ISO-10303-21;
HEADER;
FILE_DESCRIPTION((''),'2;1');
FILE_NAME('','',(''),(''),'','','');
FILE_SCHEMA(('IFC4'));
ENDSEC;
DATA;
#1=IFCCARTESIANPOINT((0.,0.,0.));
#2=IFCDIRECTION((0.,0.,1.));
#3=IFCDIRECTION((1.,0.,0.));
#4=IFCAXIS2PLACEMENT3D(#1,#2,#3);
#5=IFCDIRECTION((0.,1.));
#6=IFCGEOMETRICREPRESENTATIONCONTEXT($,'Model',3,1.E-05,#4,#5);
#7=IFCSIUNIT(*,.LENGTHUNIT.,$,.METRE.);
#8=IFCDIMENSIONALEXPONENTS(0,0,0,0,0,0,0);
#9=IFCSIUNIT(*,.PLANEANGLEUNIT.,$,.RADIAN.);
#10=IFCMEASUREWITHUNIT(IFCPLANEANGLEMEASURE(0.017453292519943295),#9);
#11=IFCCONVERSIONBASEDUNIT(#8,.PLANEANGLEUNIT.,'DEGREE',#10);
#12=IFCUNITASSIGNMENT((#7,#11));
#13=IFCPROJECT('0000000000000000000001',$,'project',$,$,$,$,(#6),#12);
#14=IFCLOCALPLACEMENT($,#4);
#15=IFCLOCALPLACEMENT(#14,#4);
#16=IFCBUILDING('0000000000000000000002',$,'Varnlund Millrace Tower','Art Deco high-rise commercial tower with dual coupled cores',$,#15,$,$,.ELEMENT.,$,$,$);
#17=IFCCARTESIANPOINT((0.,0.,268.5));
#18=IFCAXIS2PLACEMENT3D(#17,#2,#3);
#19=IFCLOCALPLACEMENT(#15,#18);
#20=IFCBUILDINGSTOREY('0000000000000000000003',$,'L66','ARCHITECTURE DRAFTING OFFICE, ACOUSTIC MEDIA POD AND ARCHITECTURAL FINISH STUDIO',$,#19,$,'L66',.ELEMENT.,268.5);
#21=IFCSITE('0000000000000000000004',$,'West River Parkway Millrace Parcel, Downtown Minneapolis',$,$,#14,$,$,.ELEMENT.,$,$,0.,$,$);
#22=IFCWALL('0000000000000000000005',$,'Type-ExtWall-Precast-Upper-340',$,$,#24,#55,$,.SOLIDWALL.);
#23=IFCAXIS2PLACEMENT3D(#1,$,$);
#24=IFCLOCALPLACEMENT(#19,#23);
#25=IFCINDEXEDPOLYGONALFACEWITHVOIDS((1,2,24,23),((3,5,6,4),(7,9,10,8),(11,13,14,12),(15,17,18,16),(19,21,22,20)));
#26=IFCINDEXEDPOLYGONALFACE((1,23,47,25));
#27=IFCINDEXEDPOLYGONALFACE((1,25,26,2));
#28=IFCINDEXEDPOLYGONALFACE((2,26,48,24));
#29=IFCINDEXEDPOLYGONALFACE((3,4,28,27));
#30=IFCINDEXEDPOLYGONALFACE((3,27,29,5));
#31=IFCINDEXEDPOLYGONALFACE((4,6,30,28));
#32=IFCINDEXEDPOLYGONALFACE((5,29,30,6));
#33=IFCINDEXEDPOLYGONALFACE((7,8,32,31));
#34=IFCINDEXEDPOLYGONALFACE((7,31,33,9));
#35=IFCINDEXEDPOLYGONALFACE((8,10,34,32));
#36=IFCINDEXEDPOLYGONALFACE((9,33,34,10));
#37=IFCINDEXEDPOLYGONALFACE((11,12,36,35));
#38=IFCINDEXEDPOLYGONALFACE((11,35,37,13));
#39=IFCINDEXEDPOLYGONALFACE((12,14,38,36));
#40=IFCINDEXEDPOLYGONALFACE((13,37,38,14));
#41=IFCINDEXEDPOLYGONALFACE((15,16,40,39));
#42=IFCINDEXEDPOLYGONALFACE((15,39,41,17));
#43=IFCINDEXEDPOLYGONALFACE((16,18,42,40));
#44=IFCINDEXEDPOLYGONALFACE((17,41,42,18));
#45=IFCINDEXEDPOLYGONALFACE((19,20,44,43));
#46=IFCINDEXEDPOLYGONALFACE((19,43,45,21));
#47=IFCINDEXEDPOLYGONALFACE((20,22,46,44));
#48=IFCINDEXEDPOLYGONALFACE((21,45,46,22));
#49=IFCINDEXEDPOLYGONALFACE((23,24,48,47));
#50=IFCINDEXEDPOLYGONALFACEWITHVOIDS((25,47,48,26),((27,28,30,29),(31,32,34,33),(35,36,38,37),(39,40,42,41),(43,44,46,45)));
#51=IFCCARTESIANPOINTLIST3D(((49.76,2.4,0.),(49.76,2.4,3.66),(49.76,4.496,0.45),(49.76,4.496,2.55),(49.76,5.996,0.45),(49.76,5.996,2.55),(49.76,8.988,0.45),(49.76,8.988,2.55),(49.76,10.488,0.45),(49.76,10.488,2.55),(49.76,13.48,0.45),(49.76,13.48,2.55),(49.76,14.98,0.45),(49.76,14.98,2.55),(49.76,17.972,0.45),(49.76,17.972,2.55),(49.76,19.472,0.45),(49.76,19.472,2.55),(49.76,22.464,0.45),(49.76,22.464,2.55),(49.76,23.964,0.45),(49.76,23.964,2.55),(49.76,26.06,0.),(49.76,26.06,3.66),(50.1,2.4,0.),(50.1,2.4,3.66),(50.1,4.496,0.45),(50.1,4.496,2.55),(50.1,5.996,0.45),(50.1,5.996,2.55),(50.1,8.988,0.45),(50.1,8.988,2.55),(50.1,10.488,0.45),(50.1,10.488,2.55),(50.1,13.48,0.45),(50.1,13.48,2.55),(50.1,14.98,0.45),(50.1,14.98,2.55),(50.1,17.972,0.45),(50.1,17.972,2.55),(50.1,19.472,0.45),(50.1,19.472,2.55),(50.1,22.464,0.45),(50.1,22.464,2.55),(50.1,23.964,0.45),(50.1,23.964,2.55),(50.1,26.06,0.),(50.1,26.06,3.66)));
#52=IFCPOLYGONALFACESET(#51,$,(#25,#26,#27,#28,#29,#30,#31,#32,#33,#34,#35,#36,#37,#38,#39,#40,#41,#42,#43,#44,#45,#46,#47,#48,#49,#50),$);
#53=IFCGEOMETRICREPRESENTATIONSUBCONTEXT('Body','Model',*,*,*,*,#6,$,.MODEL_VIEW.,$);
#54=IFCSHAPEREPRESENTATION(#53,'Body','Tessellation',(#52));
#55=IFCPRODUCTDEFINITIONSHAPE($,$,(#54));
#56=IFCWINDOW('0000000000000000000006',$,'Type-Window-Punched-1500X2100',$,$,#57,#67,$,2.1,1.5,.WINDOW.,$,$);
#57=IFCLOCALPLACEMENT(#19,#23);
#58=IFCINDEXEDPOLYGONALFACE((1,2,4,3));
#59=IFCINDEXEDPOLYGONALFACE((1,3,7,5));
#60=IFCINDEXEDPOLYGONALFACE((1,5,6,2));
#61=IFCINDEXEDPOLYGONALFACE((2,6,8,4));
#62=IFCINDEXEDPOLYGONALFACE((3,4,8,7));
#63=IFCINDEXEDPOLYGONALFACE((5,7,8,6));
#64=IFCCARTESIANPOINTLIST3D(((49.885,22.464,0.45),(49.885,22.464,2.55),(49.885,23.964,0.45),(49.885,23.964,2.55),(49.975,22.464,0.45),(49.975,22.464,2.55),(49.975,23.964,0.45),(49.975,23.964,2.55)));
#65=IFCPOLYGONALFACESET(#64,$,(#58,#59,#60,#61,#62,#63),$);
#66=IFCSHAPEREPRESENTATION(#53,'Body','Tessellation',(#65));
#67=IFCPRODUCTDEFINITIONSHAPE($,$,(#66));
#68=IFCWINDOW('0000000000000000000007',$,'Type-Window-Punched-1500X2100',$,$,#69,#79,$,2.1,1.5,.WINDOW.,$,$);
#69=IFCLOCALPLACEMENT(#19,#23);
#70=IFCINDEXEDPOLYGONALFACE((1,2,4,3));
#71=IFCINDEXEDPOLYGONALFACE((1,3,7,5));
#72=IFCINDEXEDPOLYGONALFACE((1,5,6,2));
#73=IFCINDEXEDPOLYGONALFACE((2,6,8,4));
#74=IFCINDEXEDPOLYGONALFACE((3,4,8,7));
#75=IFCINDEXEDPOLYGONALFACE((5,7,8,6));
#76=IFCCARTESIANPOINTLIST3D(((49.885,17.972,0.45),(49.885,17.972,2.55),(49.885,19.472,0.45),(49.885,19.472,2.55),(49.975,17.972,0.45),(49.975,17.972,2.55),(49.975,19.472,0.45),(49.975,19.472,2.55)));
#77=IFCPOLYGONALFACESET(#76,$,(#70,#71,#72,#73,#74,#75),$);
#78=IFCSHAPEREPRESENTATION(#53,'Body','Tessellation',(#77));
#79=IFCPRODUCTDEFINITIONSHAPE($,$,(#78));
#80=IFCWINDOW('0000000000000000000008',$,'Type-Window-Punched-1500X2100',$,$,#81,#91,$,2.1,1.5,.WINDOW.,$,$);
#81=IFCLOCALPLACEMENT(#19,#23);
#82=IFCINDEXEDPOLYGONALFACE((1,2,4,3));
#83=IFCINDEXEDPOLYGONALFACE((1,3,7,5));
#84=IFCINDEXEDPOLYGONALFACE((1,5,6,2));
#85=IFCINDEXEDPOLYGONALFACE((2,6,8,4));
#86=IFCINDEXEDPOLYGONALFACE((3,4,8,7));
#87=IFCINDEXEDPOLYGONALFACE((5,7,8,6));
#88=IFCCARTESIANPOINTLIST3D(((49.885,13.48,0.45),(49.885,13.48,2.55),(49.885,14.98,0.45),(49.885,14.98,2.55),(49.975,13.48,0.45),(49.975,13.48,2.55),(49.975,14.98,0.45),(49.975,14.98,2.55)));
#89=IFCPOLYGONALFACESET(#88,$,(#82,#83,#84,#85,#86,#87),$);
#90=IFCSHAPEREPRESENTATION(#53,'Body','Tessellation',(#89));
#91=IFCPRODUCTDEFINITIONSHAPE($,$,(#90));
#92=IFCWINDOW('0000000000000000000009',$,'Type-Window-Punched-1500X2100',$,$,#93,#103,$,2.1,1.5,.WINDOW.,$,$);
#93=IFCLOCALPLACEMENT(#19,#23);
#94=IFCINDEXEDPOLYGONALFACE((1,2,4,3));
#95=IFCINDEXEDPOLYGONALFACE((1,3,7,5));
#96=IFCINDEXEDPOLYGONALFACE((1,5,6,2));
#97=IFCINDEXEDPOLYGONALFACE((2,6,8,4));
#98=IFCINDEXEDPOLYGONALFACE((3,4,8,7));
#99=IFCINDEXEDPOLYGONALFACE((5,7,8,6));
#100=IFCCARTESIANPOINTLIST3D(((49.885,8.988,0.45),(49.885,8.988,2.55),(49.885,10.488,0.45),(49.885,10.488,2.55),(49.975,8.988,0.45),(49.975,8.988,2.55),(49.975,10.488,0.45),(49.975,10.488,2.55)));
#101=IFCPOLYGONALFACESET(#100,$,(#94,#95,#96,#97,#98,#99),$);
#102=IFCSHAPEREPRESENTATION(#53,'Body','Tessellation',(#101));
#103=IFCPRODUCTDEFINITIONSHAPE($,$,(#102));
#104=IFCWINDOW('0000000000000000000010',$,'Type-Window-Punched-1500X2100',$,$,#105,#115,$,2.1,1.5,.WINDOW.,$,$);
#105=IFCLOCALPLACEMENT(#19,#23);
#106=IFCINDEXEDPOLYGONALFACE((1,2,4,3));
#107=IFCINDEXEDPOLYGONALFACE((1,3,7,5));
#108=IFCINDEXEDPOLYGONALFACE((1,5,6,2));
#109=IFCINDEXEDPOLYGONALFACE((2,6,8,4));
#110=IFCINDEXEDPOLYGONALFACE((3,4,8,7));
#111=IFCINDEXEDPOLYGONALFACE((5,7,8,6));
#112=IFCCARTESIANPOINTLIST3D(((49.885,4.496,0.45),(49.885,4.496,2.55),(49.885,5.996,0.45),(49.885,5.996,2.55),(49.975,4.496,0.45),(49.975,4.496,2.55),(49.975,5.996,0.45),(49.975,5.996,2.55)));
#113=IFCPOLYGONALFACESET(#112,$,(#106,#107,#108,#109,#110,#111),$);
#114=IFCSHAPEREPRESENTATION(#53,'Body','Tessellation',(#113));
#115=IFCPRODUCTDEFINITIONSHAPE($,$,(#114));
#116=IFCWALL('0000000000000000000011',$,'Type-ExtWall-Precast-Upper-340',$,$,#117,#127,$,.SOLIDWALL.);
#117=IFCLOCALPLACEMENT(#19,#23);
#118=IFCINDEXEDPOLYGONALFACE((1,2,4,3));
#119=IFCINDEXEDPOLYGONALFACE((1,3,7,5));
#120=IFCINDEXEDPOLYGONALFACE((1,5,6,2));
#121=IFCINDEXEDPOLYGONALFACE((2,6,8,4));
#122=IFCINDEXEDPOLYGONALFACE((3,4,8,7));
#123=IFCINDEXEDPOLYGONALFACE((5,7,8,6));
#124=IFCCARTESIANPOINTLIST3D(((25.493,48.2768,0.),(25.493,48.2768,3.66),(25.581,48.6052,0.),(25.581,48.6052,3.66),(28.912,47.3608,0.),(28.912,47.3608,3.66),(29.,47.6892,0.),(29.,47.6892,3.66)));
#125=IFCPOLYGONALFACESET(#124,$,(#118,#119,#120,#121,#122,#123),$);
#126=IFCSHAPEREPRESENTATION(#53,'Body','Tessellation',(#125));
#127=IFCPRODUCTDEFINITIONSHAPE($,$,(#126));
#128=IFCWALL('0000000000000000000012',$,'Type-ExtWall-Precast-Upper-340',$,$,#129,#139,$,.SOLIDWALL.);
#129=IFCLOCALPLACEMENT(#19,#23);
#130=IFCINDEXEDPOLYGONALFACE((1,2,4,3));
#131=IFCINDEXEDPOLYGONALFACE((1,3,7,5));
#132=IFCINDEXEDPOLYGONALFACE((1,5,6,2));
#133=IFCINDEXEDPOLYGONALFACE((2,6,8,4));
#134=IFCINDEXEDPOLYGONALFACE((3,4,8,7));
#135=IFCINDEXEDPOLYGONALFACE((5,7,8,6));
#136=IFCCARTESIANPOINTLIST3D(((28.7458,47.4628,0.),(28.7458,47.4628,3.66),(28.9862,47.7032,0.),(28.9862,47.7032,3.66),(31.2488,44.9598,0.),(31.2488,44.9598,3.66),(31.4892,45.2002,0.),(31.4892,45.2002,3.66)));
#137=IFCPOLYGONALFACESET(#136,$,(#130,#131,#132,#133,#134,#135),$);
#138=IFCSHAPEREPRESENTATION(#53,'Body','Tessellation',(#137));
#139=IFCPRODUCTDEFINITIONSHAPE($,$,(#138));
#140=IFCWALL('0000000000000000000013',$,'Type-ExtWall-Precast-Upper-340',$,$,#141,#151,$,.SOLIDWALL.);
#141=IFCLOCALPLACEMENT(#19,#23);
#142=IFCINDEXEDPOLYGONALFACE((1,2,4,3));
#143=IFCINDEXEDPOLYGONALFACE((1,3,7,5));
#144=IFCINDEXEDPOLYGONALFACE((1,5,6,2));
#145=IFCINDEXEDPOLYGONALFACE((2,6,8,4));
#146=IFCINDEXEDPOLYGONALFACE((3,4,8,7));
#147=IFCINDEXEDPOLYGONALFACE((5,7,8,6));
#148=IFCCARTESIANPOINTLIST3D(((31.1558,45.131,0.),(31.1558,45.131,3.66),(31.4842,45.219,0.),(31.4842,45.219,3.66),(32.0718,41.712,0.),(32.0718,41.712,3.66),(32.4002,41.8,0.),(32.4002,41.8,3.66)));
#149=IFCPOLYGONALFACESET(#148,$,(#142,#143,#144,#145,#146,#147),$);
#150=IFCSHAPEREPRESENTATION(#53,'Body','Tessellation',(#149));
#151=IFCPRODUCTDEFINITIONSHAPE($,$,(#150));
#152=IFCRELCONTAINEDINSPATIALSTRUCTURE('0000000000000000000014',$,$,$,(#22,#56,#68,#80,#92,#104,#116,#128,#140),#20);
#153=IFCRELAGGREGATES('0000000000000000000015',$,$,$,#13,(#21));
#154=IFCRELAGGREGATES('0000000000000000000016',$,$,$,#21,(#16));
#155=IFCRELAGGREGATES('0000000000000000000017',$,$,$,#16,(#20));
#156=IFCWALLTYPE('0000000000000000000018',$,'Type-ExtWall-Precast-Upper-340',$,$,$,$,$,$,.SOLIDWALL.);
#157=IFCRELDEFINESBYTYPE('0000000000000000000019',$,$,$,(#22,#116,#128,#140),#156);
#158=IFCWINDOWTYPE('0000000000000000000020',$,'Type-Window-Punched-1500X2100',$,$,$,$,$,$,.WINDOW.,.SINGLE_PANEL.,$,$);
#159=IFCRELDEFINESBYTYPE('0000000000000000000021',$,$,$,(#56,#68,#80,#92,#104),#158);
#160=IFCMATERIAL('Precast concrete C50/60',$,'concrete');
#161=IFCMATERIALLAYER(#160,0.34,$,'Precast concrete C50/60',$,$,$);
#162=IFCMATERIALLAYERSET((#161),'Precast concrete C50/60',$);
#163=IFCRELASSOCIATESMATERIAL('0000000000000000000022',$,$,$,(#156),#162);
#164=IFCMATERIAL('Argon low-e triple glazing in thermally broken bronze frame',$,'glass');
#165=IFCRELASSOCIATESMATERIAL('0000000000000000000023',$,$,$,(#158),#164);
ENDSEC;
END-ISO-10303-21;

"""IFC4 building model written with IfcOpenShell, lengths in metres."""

from ifc_helpers import new_model, entity, si_unit, converted_unit, direction, frame, origin_with_axes, origin_2d_with_axis, place, context, subcontext, project, spatial, polyline, rectangle, outline, extrude, material, layer, layer_set, type_object, element, fill, save


model = new_model("IFC4")

# Units and contexts
model_context = context("Model", 3, precision=1e-05, world=origin_with_axes(), true_north=direction((0.0, 1.0)))
body_context = subcontext(model_context, "Body", "Model", "MODEL_VIEW")
ifc_project = project(units=[si_unit("LENGTHUNIT", "METRE"), converted_unit("PLANEANGLEUNIT", "DEGREE", entity("IfcPlaneAngleMeasure", 0.017453292519943295), si_unit("PLANEANGLEUNIT", "RADIAN"), dimensions=[0, 0, 0, 0, 0, 0, 0])], contexts=[model_context])

# Site, building, storey
site_placement = place(None, origin_with_axes())
site = spatial("IfcSite", under=ifc_project, at=site_placement, Name="West River Parkway Millrace Parcel, Downtown Minneapolis", CompositionType="ELEMENT", RefElevation=0.0)
building_placement = place(site_placement, origin_with_axes())
building = spatial("IfcBuilding", under=site, at=building_placement, Name="Varnlund Millrace Tower", Description="Art Deco high-rise commercial tower with dual coupled cores", CompositionType="ELEMENT")
storey_placement = place(building_placement, frame((0.0, 0.0, 268.5), z_axis=(0.0, 0.0, 1.0), x_axis=(1.0, 0.0, 0.0)))
storey = spatial("IfcBuildingStorey", under=building, at=storey_placement, Name="L66", Description="ARCHITECTURE DRAFTING OFFICE, ACOUSTIC MEDIA POD AND ARCHITECTURAL FINISH STUDIO", LongName="L66", CompositionType="ELEMENT", Elevation=268.5)

# Shared definitions
ifc_material_1 = material(Name="Precast concrete C50/60", Category="concrete")
ifc_layer_1 = layer(ifc_material_1, 0.34, Name="Precast concrete C50/60")
ifc_layer_set_1 = layer_set([ifc_layer_1], Name="Precast concrete C50/60")
wall_type_1 = type_object("IfcWallType", Name="Type-ExtWall-Precast-Upper-340", PredefinedType="SOLIDWALL", material=ifc_layer_set_1)
ifc_material_2 = material(Name="Argon low-e triple glazing in thermally broken bronze frame", Category="glass")
window_type = type_object("IfcWindowType", Name="Type-Window-Punched-1500X2100", PartitioningType="SINGLE_PANEL", PredefinedType="WINDOW", material=ifc_material_2)

# Wall, openings, windows
wall_1_placement = place(storey_placement, frame((49.93, 26.06, 0.0), z_axis=(0.0, 0.0, 1.0), x_axis=(0.0, -1.0, 0.0)))
wall_1 = element("IfcWall", 1, at=wall_1_placement, inside=storey, type_object=wall_type_1, Name="Type-ExtWall-Precast-Upper-340", PredefinedType="SOLIDWALL", context=body_context, shape_type="SweptSolid", body=[
    extrude(outline(polyline([(0.0, -0.17), (23.66, -0.17), (23.66, 0.17), (0.0, 0.17), (0.0, -0.17)])), origin_with_axes(), (0.0, 0.0, 1.0), 3.66),
])
opening_1_placement = place(wall_1_placement, frame((2.846, 0.0, 0.45), z_axis=(0.0, 0.0, 1.0), x_axis=(1.0, 0.0, 0.0)))
opening_1 = element("IfcOpeningElement", 2, at=opening_1_placement, cuts=wall_1, PredefinedType="OPENING", context=body_context, shape_type="SweptSolid", body=[
    extrude(rectangle(XDim=1.5, YDim=0.36, at=origin_2d_with_axis()), origin_with_axes(), (0.0, 0.0, 1.0), 2.1),
])
opening_2_placement = place(wall_1_placement, frame((7.338, 0.0, 0.45), z_axis=(0.0, 0.0, 1.0), x_axis=(1.0, 0.0, 0.0)))
opening_2 = element("IfcOpeningElement", 3, at=opening_2_placement, cuts=wall_1, PredefinedType="OPENING", context=body_context, shape_type="SweptSolid", body=[
    extrude(rectangle(XDim=1.5, YDim=0.36, at=origin_2d_with_axis()), origin_with_axes(), (0.0, 0.0, 1.0), 2.1),
])
opening_3_placement = place(wall_1_placement, frame((11.83, 0.0, 0.45), z_axis=(0.0, 0.0, 1.0), x_axis=(1.0, 0.0, 0.0)))
opening_3 = element("IfcOpeningElement", 4, at=opening_3_placement, cuts=wall_1, PredefinedType="OPENING", context=body_context, shape_type="SweptSolid", body=[
    extrude(rectangle(XDim=1.5, YDim=0.36, at=origin_2d_with_axis()), origin_with_axes(), (0.0, 0.0, 1.0), 2.1),
])
opening_4_placement = place(wall_1_placement, frame((16.322, 0.0, 0.45), z_axis=(0.0, 0.0, 1.0), x_axis=(1.0, 0.0, 0.0)))
opening_4 = element("IfcOpeningElement", 5, at=opening_4_placement, cuts=wall_1, PredefinedType="OPENING", context=body_context, shape_type="SweptSolid", body=[
    extrude(rectangle(XDim=1.5, YDim=0.36, at=origin_2d_with_axis()), origin_with_axes(), (0.0, 0.0, 1.0), 2.1),
])
opening_5_placement = place(wall_1_placement, frame((20.814, 0.0, 0.45), z_axis=(0.0, 0.0, 1.0), x_axis=(1.0, 0.0, 0.0)))
opening_5 = element("IfcOpeningElement", 6, at=opening_5_placement, cuts=wall_1, PredefinedType="OPENING", context=body_context, shape_type="SweptSolid", body=[
    extrude(rectangle(XDim=1.5, YDim=0.36, at=origin_2d_with_axis()), origin_with_axes(), (0.0, 0.0, 1.0), 2.1),
])
window_1_placement = place(wall_1_placement, frame((2.846, 0.0, 0.45), z_axis=(0.0, 0.0, 1.0), x_axis=(1.0, 0.0, 0.0)))
window_1 = element("IfcWindow", 7, at=window_1_placement, inside=storey, type_object=window_type, Name="Type-Window-Punched-1500X2100", OverallHeight=2.1, OverallWidth=1.5, PredefinedType="WINDOW", context=body_context, shape_type="SweptSolid", body=[
    extrude(rectangle(XDim=1.5, YDim=0.09, at=origin_2d_with_axis()), origin_with_axes(), (0.0, 0.0, 1.0), 2.1),
])
fill(opening_1, window_1)
window_2_placement = place(wall_1_placement, frame((7.338, 0.0, 0.45), z_axis=(0.0, 0.0, 1.0), x_axis=(1.0, 0.0, 0.0)))
window_2 = element("IfcWindow", 8, at=window_2_placement, inside=storey, type_object=window_type, Name="Type-Window-Punched-1500X2100", OverallHeight=2.1, OverallWidth=1.5, PredefinedType="WINDOW", context=body_context, shape_type="SweptSolid", body=[
    extrude(rectangle(XDim=1.5, YDim=0.09, at=origin_2d_with_axis()), origin_with_axes(), (0.0, 0.0, 1.0), 2.1),
])
fill(opening_2, window_2)
window_3_placement = place(wall_1_placement, frame((11.83, 0.0, 0.45), z_axis=(0.0, 0.0, 1.0), x_axis=(1.0, 0.0, 0.0)))
window_3 = element("IfcWindow", 9, at=window_3_placement, inside=storey, type_object=window_type, Name="Type-Window-Punched-1500X2100", OverallHeight=2.1, OverallWidth=1.5, PredefinedType="WINDOW", context=body_context, shape_type="SweptSolid", body=[
    extrude(rectangle(XDim=1.5, YDim=0.09, at=origin_2d_with_axis()), origin_with_axes(), (0.0, 0.0, 1.0), 2.1),
])
fill(opening_3, window_3)
window_4_placement = place(wall_1_placement, frame((16.322, 0.0, 0.45), z_axis=(0.0, 0.0, 1.0), x_axis=(1.0, 0.0, 0.0)))
window_4 = element("IfcWindow", 10, at=window_4_placement, inside=storey, type_object=window_type, Name="Type-Window-Punched-1500X2100", OverallHeight=2.1, OverallWidth=1.5, PredefinedType="WINDOW", context=body_context, shape_type="SweptSolid", body=[
    extrude(rectangle(XDim=1.5, YDim=0.09, at=origin_2d_with_axis()), origin_with_axes(), (0.0, 0.0, 1.0), 2.1),
])
fill(opening_4, window_4)
window_5_placement = place(wall_1_placement, frame((20.814, 0.0, 0.45), z_axis=(0.0, 0.0, 1.0), x_axis=(1.0, 0.0, 0.0)))
window_5 = element("IfcWindow", 11, at=window_5_placement, inside=storey, type_object=window_type, Name="Type-Window-Punched-1500X2100", OverallHeight=2.1, OverallWidth=1.5, PredefinedType="WINDOW", context=body_context, shape_type="SweptSolid", body=[
    extrude(rectangle(XDim=1.5, YDim=0.09, at=origin_2d_with_axis()), origin_with_axes(), (0.0, 0.0, 1.0), 2.1),
])
fill(opening_5, window_5)

# Walls
wall_2_placement = place(storey_placement, frame((25.537, 48.441, 0.0), z_axis=(0.0, 0.0, 1.0), x_axis=(0.965934, -0.258788, 0.0)))
element("IfcWall", 12, at=wall_2_placement, inside=storey, type_object=wall_type_1, Name="Type-ExtWall-Precast-Upper-340", PredefinedType="SOLIDWALL", context=body_context, shape_type="SweptSolid", body=[
    extrude(outline(polyline([(0.0, -0.17), (3.5396, -0.17), (3.5396, 0.17), (0.0, 0.17), (0.0, -0.17)])), origin_with_axes(), (0.0, 0.0, 1.0), 3.66),
])
wall_3_placement = place(storey_placement, frame((28.866, 47.583, 0.0), z_axis=(0.0, 0.0, 1.0), x_axis=(0.707107, -0.707107, 0.0)))
element("IfcWall", 13, at=wall_3_placement, inside=storey, type_object=wall_type_1, Name="Type-ExtWall-Precast-Upper-340", PredefinedType="SOLIDWALL", context=body_context, shape_type="SweptSolid", body=[
    extrude(outline(polyline([(0.0, -0.17), (3.5398, -0.17), (3.5398, 0.17), (0.0, 0.17), (0.0, -0.17)])), origin_with_axes(), (0.0, 0.0, 1.0), 3.66),
])
wall_4_placement = place(storey_placement, frame((31.32, 45.175, 0.0), z_axis=(0.0, 0.0, 1.0), x_axis=(0.258788, -0.965934, 0.0)))
element("IfcWall", 14, at=wall_4_placement, inside=storey, type_object=wall_type_1, Name="Type-ExtWall-Precast-Upper-340", PredefinedType="SOLIDWALL", context=body_context, shape_type="SweptSolid", body=[
    extrude(outline(polyline([(0.0, -0.17), (3.5396, -0.17), (3.5396, 0.17), (0.0, 0.17), (0.0, -0.17)])), origin_with_axes(), (0.0, 0.0, 1.0), 3.66),
])

save(model, "model.ifc")
